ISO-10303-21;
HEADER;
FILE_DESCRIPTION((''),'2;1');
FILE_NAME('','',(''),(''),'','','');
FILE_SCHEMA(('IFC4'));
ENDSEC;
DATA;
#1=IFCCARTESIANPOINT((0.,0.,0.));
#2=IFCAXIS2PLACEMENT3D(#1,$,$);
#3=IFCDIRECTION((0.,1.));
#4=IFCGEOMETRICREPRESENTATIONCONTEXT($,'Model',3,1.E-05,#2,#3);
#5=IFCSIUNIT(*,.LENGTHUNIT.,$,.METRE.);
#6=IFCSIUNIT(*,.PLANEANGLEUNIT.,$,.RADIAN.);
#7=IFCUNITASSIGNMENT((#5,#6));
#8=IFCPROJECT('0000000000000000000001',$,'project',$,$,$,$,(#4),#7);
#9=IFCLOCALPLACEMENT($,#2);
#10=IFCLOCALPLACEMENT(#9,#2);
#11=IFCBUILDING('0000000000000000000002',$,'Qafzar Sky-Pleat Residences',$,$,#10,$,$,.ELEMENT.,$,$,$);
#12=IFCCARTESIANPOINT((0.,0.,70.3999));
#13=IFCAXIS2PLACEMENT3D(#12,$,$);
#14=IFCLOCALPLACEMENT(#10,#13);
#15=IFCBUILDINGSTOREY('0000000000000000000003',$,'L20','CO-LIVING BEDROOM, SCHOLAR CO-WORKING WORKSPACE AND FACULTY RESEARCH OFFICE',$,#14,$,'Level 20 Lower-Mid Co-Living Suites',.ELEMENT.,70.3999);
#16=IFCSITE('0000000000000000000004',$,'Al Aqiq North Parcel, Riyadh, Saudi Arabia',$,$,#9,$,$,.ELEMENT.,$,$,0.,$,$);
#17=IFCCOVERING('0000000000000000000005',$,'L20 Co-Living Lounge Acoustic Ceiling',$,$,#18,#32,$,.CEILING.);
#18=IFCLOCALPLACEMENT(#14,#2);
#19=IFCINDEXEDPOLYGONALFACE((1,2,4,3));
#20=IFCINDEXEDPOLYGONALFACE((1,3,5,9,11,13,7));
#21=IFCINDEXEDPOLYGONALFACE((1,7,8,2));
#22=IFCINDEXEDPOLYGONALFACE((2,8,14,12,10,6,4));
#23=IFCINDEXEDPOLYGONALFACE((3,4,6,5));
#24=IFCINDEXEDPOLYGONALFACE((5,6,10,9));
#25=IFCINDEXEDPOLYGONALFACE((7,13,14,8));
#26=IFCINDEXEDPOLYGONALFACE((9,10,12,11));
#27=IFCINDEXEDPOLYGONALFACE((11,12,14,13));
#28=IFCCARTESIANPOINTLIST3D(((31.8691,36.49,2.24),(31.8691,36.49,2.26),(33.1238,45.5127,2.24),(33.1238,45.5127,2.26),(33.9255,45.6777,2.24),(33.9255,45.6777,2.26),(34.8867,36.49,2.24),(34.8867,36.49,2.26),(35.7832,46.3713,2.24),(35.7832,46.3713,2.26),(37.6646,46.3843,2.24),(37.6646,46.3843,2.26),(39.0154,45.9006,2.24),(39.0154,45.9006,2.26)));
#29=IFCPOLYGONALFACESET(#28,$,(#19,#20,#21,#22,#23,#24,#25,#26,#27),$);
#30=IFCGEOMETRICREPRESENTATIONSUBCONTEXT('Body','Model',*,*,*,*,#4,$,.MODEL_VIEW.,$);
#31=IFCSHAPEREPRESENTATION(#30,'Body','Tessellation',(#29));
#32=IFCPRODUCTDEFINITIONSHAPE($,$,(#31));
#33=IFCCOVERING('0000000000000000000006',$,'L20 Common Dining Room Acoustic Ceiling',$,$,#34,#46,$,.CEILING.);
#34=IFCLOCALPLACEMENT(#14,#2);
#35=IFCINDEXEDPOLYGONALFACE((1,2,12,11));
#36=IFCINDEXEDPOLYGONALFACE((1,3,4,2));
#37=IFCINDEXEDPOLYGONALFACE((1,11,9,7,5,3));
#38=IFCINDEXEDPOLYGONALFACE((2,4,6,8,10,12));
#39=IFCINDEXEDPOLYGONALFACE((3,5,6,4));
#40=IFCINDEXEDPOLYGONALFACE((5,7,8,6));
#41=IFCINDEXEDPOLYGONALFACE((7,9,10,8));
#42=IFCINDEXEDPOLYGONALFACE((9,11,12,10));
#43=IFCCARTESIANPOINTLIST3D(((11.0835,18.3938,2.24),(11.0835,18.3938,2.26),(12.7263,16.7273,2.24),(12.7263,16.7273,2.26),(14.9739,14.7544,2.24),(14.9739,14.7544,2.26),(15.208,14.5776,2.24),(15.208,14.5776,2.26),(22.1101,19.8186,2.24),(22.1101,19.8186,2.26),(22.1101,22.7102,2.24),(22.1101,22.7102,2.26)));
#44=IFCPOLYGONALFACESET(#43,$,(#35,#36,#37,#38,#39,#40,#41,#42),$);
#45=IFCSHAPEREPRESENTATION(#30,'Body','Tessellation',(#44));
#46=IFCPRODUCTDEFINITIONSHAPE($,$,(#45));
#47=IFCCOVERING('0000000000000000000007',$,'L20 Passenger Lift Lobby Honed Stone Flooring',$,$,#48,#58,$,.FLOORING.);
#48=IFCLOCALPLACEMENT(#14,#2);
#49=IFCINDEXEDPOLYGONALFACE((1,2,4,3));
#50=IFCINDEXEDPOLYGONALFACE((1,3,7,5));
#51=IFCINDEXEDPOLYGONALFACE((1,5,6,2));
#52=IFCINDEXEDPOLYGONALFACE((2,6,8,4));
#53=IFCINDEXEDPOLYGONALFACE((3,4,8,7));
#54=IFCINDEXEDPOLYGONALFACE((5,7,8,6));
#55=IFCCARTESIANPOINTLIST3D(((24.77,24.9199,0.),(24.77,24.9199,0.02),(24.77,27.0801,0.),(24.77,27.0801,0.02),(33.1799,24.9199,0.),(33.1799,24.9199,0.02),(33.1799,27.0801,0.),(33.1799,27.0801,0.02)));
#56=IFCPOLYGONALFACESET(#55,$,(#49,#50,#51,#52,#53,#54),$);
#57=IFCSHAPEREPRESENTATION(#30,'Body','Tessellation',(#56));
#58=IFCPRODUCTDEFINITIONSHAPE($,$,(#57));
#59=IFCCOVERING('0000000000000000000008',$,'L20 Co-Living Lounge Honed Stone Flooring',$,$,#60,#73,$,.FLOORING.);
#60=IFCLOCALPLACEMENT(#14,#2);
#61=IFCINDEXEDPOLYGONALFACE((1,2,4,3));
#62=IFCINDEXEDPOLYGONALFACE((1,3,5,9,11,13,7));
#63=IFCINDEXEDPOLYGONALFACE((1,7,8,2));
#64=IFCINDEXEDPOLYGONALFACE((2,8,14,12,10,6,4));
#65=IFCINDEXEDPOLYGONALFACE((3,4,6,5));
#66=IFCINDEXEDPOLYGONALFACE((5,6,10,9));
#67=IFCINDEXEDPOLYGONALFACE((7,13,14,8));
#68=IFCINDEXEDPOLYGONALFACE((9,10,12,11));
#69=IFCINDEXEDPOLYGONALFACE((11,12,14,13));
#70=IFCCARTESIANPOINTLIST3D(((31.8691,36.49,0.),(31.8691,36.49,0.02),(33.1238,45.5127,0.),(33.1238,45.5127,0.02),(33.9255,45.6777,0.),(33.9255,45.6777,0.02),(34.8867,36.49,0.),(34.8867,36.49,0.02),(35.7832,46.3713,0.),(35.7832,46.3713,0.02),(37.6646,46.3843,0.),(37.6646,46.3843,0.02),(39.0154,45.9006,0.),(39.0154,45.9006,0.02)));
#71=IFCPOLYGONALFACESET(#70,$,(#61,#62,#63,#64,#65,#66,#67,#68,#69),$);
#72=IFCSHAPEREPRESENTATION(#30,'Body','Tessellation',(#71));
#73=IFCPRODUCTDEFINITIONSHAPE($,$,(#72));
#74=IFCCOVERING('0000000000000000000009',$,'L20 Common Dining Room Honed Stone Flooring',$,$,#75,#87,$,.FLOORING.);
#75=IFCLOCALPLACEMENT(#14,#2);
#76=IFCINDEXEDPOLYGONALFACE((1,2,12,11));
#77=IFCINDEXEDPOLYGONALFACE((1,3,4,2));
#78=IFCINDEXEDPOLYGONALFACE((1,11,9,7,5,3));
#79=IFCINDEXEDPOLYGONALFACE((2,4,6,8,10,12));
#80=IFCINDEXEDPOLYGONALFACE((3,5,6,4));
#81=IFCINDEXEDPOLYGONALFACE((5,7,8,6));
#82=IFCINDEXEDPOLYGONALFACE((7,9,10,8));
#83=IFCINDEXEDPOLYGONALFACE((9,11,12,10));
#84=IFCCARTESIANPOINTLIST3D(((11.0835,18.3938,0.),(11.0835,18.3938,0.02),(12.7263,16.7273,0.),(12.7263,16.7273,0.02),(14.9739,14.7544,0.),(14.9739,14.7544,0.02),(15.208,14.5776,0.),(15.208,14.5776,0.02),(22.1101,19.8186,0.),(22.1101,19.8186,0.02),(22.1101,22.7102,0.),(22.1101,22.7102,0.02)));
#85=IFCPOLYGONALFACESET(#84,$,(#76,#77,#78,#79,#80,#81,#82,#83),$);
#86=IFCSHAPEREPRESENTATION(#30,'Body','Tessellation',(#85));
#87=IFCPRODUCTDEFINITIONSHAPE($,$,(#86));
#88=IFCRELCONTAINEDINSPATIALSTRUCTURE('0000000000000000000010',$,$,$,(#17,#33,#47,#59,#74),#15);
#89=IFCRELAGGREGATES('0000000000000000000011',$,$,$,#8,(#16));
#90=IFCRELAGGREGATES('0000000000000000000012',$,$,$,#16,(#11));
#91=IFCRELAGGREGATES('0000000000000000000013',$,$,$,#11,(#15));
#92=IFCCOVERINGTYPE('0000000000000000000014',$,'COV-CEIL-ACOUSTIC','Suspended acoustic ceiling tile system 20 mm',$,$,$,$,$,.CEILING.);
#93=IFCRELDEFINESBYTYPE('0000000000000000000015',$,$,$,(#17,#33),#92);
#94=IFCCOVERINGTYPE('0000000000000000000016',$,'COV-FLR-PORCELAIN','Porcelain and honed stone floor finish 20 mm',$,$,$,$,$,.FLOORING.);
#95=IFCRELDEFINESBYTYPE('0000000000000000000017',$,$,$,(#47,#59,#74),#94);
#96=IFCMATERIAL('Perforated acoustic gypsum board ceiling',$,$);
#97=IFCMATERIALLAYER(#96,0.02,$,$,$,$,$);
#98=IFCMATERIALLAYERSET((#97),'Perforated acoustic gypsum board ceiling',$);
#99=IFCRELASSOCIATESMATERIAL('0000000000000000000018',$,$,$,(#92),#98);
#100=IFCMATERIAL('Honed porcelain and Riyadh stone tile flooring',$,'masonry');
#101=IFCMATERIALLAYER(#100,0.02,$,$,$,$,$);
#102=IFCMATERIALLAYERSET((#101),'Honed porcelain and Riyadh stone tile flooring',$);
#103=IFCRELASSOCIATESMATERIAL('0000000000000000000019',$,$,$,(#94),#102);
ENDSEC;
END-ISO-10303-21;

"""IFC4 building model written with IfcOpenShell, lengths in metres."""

from ifc_helpers import new_model, si_unit, direction, frame, origin, place, context, subcontext, project, spatial, polyline, outline, extrude, material, layer, layer_set, type_object, element, save


model = new_model("IFC4")

# Units and contexts
model_context = context("Model", 3, precision=1e-05, world=origin(), true_north=direction((0.0, 1.0)))
body_context = subcontext(model_context, "Body", "Model", "MODEL_VIEW")
ifc_project = project(units=[si_unit("LENGTHUNIT", "METRE"), si_unit("PLANEANGLEUNIT", "RADIAN")], contexts=[model_context])

# Site, building, storey
site_placement = place(None, origin())
site = spatial("IfcSite", under=ifc_project, at=site_placement, Name="Al Aqiq North Parcel, Riyadh, Saudi Arabia", CompositionType="ELEMENT", RefElevation=0.0)
building_placement = place(site_placement, origin())
building = spatial("IfcBuilding", under=site, at=building_placement, Name="Qafzar Sky-Pleat Residences", CompositionType="ELEMENT")
storey_placement = place(building_placement, frame((0.0, 0.0, 70.3999)))
storey = spatial("IfcBuildingStorey", under=building, at=storey_placement, Name="L20", Description="CO-LIVING BEDROOM, SCHOLAR CO-WORKING WORKSPACE AND FACULTY RESEARCH OFFICE", LongName="Level 20 Lower-Mid Co-Living Suites", CompositionType="ELEMENT", Elevation=70.3999)

# Coverings
ifc_material_1 = material(Name="Perforated acoustic gypsum board ceiling")
ifc_layer_1 = layer(ifc_material_1, 0.02)
ifc_layer_set_1 = layer_set([ifc_layer_1], Name="Perforated acoustic gypsum board ceiling")
covering_type_1 = type_object("IfcCoveringType", Name="COV-CEIL-ACOUSTIC", Description="Suspended acoustic ceiling tile system 20 mm", PredefinedType="CEILING", material=ifc_layer_set_1)
covering_1_placement = place(storey_placement, frame((0.0, 0.0, 2.24)))
element("IfcCovering", 1, at=covering_1_placement, inside=storey, type_object=covering_type_1, Name="L20 Co-Living Lounge Acoustic Ceiling", PredefinedType="CEILING", context=body_context, shape_type="SweptSolid", body=[
    extrude(outline(polyline([(33.9255, 45.6777), (35.7832, 46.3713), (37.6646, 46.3843), (39.0154, 45.9006), (34.8867, 36.49), (31.8691, 36.49), (33.1238, 45.5127), (33.9255, 45.6777)])), origin(), (0.0, 0.0, 1.0), 0.02),
])
covering_2_placement = place(storey_placement, frame((0.0, 0.0, 2.24)))
element("IfcCovering", 2, at=covering_2_placement, inside=storey, type_object=covering_type_1, Name="L20 Common Dining Room Acoustic Ceiling", PredefinedType="CEILING", context=body_context, shape_type="SweptSolid", body=[
    extrude(outline(polyline([(14.9739, 14.7544), (12.7263, 16.7273), (11.0835, 18.3938), (22.1101, 22.7102), (22.1101, 19.8186), (15.208, 14.5776), (14.9739, 14.7544)])), origin(), (0.0, 0.0, 1.0), 0.02),
])
ifc_material_2 = material(Name="Honed porcelain and Riyadh stone tile flooring", Category="masonry")
ifc_layer_2 = layer(ifc_material_2, 0.02)
ifc_layer_set_2 = layer_set([ifc_layer_2], Name="Honed porcelain and Riyadh stone tile flooring")
covering_type_2 = type_object("IfcCoveringType", Name="COV-FLR-PORCELAIN", Description="Porcelain and honed stone floor finish 20 mm", PredefinedType="FLOORING", material=ifc_layer_set_2)
covering_3_placement = place(storey_placement, origin())
element("IfcCovering", 3, at=covering_3_placement, inside=storey, type_object=covering_type_2, Name="L20 Passenger Lift Lobby Honed Stone Flooring", PredefinedType="FLOORING", context=body_context, shape_type="SweptSolid", body=[
    extrude(outline(polyline([(33.1799, 24.9199), (24.77, 24.9199), (24.77, 27.0801), (33.1799, 27.0801), (33.1799, 24.9199)])), origin(), (0.0, 0.0, 1.0), 0.02),
])
covering_4_placement = place(storey_placement, origin())
element("IfcCovering", 4, at=covering_4_placement, inside=storey, type_object=covering_type_2, Name="L20 Co-Living Lounge Honed Stone Flooring", PredefinedType="FLOORING", context=body_context, shape_type="SweptSolid", body=[
    extrude(outline(polyline([(33.9255, 45.6777), (35.7832, 46.3713), (37.6646, 46.3843), (39.0154, 45.9006), (34.8867, 36.49), (31.8691, 36.49), (33.1238, 45.5127), (33.9255, 45.6777)])), origin(), (0.0, 0.0, 1.0), 0.02),
])
covering_5_placement = place(storey_placement, origin())
element("IfcCovering", 5, at=covering_5_placement, inside=storey, type_object=covering_type_2, Name="L20 Common Dining Room Honed Stone Flooring", PredefinedType="FLOORING", context=body_context, shape_type="SweptSolid", body=[
    extrude(outline(polyline([(14.9739, 14.7544), (12.7263, 16.7273), (11.0835, 18.3938), (22.1101, 22.7102), (22.1101, 19.8186), (15.208, 14.5776), (14.9739, 14.7544)])), origin(), (0.0, 0.0, 1.0), 0.02),
])

save(model, "model.ifc")
